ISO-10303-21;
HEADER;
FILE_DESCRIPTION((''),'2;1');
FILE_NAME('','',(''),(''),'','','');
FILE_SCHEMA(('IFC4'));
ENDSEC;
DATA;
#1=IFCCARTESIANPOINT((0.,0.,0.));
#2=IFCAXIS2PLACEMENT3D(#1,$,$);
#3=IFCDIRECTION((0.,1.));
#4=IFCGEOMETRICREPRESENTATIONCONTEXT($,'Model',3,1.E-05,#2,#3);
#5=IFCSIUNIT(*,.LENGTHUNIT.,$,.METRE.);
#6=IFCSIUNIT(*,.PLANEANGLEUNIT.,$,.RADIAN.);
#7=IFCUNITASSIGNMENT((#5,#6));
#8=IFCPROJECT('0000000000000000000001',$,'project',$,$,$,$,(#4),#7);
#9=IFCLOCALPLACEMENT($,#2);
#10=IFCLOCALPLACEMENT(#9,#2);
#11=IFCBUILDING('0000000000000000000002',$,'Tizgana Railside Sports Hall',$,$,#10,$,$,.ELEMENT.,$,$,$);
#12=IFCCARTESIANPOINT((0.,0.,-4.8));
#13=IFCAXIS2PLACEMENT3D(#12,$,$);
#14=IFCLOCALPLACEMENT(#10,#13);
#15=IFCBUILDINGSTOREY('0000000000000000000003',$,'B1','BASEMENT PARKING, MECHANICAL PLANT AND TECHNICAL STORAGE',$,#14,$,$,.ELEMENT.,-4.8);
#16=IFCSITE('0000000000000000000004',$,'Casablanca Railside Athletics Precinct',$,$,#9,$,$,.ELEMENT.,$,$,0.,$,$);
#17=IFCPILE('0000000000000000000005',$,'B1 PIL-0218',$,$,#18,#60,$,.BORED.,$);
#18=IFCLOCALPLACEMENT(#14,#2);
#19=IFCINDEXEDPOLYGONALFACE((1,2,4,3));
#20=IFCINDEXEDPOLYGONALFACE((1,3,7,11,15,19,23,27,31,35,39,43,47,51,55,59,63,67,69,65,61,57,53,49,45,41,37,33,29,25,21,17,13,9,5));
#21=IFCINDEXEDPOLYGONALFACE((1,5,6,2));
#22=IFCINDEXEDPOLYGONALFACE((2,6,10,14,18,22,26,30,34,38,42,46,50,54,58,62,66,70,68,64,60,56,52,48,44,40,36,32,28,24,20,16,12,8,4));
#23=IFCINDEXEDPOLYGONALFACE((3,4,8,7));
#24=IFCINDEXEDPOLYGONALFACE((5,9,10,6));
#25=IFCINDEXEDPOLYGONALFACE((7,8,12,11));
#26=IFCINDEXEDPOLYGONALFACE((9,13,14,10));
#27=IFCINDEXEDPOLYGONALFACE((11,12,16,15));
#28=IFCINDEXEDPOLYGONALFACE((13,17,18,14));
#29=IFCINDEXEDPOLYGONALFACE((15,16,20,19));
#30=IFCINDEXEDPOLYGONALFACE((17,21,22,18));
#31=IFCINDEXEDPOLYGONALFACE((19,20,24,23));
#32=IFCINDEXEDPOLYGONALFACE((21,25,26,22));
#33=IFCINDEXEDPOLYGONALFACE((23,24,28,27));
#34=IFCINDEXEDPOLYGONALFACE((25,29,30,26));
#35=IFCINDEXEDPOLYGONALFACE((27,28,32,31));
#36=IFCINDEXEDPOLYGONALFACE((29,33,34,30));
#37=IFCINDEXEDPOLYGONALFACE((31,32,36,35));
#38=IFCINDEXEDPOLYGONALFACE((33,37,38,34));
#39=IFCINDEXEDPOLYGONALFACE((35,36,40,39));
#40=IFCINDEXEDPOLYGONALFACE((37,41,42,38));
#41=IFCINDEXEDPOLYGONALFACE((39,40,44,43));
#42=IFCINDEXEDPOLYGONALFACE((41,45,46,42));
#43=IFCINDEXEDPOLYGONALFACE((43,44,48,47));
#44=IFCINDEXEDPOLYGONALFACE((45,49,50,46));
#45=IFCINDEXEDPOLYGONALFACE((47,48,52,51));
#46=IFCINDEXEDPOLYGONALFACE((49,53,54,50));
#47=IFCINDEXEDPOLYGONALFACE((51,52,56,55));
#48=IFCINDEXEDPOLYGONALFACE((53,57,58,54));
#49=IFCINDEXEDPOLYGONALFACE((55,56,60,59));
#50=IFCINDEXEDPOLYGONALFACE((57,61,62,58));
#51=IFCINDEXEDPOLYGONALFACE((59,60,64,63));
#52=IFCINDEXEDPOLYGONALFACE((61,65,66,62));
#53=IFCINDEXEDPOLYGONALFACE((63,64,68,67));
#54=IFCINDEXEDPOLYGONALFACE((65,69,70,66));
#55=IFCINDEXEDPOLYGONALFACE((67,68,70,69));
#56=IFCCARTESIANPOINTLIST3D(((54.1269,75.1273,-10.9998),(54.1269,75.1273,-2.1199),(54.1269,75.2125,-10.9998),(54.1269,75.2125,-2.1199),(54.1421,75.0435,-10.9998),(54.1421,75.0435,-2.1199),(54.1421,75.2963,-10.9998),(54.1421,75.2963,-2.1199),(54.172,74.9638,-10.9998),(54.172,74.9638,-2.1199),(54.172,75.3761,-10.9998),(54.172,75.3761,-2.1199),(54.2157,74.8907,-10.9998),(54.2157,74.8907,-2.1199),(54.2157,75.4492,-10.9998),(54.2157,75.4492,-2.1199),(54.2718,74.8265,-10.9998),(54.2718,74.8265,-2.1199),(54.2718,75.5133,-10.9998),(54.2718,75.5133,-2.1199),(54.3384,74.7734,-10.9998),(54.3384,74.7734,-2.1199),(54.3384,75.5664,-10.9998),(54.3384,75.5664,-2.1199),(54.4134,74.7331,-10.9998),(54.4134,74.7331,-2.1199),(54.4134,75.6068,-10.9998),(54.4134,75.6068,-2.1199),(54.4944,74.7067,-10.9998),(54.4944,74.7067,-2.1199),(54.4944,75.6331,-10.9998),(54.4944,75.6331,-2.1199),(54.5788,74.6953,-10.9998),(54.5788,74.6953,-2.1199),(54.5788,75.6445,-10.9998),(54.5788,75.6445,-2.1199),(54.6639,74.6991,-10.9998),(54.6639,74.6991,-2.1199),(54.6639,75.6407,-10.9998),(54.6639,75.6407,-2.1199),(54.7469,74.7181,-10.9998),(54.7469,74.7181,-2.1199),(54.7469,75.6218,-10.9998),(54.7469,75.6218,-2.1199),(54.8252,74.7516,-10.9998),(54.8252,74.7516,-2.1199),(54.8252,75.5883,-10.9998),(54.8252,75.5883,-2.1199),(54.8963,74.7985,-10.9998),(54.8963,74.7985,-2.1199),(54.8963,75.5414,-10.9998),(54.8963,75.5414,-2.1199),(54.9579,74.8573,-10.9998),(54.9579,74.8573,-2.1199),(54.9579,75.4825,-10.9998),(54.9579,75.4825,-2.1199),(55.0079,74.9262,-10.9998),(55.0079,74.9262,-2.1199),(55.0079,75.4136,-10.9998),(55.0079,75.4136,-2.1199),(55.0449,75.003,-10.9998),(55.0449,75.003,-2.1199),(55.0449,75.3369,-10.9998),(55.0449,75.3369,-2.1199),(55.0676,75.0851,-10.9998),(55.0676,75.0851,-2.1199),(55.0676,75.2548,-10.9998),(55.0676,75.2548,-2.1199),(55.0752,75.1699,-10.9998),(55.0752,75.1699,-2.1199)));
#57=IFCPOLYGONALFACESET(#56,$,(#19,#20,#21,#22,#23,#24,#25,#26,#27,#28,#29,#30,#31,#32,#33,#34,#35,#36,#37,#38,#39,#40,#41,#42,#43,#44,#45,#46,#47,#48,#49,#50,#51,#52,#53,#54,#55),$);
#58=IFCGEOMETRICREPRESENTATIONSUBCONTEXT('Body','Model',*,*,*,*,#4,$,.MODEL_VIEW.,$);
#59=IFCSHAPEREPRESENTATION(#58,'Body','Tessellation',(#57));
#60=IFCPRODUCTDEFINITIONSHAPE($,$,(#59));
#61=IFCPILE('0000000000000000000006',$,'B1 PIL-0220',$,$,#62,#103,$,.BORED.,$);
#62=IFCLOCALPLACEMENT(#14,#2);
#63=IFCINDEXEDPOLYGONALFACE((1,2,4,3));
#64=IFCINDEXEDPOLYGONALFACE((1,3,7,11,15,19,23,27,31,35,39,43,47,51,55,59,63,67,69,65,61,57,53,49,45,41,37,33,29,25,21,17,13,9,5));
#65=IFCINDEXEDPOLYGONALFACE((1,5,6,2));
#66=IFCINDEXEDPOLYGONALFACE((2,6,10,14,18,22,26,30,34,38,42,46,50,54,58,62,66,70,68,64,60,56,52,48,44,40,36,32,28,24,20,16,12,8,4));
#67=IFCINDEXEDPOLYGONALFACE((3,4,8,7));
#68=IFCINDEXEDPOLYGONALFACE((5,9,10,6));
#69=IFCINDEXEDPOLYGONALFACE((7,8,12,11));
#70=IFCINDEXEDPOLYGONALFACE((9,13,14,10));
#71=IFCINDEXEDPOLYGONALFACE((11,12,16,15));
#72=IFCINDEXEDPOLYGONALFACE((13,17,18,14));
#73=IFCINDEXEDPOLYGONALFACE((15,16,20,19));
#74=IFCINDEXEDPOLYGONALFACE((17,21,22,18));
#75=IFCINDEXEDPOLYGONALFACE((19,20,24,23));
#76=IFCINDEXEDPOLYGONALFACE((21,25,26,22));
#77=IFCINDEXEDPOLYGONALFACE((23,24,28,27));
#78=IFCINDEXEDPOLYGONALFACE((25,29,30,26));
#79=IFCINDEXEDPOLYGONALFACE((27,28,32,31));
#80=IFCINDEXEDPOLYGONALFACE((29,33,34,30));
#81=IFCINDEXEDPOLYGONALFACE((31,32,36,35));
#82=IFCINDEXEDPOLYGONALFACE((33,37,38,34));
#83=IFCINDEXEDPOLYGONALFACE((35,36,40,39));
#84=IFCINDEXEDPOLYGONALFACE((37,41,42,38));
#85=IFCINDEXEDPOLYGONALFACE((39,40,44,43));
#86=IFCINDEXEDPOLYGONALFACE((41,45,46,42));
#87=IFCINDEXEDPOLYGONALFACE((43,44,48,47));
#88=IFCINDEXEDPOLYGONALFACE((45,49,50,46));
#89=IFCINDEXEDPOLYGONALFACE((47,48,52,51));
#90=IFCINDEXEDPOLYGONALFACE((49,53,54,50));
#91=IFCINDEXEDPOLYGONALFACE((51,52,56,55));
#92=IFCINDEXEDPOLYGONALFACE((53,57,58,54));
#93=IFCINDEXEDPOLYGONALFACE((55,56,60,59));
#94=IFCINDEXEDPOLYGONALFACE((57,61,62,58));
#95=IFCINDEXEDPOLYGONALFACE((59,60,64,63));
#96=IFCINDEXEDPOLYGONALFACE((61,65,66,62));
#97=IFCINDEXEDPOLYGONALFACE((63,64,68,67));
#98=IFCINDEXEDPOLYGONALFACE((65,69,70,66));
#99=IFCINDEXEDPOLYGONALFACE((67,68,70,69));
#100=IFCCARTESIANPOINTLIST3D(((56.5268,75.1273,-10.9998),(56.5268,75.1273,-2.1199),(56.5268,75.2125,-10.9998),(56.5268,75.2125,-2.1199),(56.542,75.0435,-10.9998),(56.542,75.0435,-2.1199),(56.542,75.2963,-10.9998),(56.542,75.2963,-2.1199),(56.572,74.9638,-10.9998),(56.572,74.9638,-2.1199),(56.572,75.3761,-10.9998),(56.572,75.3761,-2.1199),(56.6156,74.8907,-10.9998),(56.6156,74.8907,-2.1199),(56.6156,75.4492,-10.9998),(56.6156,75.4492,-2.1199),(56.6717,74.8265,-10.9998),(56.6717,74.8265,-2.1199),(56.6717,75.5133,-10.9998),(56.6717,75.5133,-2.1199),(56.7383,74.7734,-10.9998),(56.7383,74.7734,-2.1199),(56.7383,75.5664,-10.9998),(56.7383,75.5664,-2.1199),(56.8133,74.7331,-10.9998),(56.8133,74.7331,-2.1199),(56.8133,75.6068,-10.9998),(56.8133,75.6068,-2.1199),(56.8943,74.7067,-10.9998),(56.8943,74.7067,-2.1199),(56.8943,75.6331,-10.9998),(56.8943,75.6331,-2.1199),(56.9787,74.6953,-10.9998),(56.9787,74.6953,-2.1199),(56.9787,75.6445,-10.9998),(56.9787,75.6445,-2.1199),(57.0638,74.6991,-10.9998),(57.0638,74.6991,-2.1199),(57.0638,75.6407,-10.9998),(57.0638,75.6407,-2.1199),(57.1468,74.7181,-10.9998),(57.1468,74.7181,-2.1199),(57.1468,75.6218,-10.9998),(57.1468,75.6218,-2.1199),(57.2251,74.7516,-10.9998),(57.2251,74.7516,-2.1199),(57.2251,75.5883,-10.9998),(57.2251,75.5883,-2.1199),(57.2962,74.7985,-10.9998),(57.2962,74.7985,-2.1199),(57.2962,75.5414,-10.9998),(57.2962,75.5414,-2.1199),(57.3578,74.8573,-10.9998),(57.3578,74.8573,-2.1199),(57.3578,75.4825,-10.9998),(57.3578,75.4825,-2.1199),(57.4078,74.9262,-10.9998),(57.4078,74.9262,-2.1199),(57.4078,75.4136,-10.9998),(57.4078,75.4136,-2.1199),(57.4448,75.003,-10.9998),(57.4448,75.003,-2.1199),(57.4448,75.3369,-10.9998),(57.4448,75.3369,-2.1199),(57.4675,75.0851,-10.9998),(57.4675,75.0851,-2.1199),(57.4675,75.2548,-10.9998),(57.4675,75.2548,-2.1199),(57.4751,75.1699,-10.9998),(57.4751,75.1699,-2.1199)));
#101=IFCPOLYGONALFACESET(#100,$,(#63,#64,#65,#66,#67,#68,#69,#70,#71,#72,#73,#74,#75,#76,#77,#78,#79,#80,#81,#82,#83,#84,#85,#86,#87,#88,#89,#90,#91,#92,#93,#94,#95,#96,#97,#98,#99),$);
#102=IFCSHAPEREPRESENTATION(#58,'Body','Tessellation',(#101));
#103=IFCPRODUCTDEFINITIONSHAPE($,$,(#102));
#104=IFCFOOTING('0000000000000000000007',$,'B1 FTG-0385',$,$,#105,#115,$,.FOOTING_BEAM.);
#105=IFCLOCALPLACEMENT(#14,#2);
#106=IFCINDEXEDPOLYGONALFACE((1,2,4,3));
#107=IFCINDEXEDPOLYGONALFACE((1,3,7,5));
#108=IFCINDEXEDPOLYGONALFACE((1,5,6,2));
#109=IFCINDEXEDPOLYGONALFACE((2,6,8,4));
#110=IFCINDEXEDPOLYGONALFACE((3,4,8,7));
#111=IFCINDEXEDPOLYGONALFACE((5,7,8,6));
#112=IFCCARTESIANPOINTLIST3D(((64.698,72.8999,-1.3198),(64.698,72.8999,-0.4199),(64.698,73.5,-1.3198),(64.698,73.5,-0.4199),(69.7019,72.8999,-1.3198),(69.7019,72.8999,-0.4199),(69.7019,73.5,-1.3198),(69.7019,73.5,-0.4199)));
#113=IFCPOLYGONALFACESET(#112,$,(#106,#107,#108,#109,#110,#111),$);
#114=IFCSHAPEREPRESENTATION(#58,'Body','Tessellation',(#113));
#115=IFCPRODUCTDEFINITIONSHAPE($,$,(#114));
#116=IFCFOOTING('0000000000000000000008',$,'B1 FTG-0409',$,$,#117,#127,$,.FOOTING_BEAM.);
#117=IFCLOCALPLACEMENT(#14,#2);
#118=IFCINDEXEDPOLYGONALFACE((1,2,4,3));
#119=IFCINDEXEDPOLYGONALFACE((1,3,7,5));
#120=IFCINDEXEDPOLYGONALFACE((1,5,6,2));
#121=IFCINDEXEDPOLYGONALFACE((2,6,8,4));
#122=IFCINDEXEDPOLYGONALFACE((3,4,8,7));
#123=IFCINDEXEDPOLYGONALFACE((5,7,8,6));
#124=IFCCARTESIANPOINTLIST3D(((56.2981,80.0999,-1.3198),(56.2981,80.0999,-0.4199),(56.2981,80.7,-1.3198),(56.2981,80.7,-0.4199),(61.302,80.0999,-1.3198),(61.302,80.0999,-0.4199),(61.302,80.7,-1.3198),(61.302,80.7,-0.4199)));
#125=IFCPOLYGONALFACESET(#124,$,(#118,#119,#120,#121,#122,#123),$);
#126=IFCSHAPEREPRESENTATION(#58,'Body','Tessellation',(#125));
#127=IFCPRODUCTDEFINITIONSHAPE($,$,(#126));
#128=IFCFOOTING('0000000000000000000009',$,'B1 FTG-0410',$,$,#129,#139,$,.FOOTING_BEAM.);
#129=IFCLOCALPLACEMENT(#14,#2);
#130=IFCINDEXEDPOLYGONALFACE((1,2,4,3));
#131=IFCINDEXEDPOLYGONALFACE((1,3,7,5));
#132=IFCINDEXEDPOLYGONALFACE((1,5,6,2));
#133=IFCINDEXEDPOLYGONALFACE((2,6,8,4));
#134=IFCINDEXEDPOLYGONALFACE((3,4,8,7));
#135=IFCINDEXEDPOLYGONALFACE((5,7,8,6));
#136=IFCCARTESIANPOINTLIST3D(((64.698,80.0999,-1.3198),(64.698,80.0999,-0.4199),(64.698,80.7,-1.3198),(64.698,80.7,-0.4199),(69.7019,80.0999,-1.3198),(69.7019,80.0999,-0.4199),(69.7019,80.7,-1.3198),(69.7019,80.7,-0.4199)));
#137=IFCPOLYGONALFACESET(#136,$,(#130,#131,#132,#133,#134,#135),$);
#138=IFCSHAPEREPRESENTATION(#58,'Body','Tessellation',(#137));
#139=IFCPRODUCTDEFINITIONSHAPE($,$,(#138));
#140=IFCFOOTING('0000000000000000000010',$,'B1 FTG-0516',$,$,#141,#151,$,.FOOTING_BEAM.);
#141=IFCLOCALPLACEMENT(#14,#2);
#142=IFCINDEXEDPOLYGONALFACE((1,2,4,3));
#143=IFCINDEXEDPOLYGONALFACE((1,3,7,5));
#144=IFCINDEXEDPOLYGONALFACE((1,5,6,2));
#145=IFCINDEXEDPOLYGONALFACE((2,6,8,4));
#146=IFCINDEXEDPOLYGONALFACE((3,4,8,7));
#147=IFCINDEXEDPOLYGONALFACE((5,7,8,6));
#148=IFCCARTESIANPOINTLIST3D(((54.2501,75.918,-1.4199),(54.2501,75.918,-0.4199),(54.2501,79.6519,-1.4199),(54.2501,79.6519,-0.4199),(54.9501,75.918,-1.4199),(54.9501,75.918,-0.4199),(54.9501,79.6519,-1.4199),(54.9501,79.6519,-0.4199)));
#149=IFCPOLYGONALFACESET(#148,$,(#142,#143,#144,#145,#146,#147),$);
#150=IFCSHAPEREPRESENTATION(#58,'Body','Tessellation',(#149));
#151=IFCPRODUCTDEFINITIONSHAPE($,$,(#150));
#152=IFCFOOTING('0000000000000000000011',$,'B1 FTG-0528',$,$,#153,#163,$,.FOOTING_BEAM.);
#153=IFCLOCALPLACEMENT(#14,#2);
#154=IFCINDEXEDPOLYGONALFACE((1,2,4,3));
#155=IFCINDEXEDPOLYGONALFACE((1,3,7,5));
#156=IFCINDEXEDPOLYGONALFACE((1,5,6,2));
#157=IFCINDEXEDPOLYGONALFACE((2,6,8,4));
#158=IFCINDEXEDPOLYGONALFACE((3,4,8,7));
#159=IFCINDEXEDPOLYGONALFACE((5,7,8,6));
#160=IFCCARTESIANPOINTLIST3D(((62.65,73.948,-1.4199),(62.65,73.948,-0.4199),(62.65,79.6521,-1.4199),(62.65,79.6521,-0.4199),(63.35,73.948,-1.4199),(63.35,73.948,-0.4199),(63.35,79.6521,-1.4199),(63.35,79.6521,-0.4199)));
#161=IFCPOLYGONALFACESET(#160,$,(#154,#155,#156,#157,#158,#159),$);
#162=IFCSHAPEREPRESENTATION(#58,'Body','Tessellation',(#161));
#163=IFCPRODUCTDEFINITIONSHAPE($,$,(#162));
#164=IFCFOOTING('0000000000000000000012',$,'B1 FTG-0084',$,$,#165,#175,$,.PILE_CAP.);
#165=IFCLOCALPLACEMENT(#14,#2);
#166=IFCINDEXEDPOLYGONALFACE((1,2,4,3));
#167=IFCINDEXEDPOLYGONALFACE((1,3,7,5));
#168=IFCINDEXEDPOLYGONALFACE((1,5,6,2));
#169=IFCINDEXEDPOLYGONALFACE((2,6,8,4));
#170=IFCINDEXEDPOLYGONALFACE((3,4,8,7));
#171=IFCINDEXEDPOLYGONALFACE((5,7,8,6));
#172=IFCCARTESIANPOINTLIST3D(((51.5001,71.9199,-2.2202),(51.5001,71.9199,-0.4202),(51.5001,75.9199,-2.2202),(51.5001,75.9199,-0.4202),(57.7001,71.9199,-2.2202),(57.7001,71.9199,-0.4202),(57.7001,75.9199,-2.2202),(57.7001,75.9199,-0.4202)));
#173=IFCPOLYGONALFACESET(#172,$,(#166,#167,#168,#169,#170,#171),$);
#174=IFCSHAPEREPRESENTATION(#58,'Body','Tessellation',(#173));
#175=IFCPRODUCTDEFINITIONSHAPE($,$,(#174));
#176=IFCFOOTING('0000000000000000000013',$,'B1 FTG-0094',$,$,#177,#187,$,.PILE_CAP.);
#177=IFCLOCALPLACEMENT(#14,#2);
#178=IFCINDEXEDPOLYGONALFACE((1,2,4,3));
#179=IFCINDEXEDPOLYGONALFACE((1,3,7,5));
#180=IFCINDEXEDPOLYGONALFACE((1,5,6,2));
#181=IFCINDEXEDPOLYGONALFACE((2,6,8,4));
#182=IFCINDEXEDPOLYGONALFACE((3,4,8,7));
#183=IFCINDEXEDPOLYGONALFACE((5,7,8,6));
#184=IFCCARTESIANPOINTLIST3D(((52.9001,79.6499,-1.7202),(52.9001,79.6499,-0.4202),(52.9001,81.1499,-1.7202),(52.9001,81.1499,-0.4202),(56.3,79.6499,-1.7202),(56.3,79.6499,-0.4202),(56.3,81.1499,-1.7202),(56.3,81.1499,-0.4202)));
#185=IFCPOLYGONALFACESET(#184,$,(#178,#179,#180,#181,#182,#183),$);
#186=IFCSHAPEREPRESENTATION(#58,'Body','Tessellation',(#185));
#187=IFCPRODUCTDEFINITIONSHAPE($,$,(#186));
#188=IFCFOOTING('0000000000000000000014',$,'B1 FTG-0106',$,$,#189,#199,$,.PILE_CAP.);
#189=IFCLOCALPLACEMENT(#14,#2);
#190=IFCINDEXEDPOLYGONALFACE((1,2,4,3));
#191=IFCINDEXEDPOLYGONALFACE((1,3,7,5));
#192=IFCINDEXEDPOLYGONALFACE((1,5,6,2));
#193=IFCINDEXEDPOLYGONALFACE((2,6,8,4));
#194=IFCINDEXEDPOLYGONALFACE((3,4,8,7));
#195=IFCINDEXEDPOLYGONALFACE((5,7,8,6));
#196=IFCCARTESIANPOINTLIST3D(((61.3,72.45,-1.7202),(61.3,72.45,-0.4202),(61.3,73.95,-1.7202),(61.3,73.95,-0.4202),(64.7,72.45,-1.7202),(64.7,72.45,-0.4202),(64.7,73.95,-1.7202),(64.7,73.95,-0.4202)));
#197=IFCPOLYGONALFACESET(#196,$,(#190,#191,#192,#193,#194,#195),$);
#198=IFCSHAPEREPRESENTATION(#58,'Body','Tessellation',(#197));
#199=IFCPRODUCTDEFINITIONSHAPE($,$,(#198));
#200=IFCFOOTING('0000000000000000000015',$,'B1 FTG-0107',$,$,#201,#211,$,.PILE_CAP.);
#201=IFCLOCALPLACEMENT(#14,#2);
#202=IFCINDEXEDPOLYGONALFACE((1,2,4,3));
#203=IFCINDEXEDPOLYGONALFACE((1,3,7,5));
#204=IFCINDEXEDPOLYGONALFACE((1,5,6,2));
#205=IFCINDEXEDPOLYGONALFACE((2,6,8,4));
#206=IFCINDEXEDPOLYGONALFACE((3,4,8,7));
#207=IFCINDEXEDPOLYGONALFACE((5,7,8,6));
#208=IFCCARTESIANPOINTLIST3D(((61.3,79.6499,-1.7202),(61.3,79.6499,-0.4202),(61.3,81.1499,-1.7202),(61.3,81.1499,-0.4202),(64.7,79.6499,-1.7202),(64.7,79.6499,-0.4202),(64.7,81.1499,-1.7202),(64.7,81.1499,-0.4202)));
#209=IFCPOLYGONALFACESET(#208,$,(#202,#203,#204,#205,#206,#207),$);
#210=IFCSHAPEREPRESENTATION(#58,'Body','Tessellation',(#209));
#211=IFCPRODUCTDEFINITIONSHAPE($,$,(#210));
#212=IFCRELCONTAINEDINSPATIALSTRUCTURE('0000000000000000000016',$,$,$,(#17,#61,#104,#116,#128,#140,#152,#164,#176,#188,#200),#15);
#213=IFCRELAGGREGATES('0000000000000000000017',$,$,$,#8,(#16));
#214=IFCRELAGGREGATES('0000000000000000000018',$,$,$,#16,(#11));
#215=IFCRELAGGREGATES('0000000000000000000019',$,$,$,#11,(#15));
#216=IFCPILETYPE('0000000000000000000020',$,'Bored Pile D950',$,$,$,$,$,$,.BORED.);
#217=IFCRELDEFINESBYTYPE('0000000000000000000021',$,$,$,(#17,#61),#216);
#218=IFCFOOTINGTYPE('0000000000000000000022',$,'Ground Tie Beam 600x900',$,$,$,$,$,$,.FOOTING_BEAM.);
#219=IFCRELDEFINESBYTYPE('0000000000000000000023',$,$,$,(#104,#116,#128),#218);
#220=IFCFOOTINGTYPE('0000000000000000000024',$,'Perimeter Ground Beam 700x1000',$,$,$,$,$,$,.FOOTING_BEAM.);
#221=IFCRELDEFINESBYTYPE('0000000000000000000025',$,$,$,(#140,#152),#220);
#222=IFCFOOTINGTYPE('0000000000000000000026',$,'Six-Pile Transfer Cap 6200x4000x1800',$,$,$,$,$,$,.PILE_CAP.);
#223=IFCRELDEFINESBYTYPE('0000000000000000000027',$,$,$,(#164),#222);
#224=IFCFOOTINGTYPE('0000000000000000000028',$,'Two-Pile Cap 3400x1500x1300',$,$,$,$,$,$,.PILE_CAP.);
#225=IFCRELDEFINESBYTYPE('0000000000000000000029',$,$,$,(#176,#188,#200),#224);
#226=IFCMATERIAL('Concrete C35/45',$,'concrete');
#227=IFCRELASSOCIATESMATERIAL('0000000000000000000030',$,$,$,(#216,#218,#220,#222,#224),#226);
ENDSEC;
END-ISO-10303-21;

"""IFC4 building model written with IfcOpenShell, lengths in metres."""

from ifc_helpers import new_model, si_unit, direction, frame, origin, origin_2d, place, context, subcontext, project, spatial, rectangle, circle, extrude, material, material_profile, profile_set, type_object, element, save


model = new_model("IFC4")

# Units and contexts
model_context = context("Model", 3, precision=1e-05, world=origin(), true_north=direction((0.0, 1.0)))
body_context = subcontext(model_context, "Body", "Model", "MODEL_VIEW")
ifc_project = project(units=[si_unit("LENGTHUNIT", "METRE"), si_unit("PLANEANGLEUNIT", "RADIAN")], contexts=[model_context])

# Site, building, storey
site_placement = place(None, origin())
site = spatial("IfcSite", under=ifc_project, at=site_placement, Name="Casablanca Railside Athletics Precinct", CompositionType="ELEMENT", RefElevation=0.0)
building_placement = place(site_placement, origin())
building = spatial("IfcBuilding", under=site, at=building_placement, Name="Tizgana Railside Sports Hall", CompositionType="ELEMENT")
storey_placement = place(building_placement, frame((0.0, 0.0, -4.8)))
storey = spatial("IfcBuildingStorey", under=building, at=storey_placement, Name="B1", Description="BASEMENT PARKING, MECHANICAL PLANT AND TECHNICAL STORAGE", CompositionType="ELEMENT", Elevation=-4.8)

# Piles
ifc_material_1 = material(Name="Concrete C35/45", Category="concrete")
ifc_material_profile_1 = material_profile(ifc_material_1, circle(Radius=0.4751, at=origin_2d()), Name="PILE D950")
ifc_profile_set_1 = profile_set([ifc_material_profile_1], Name="Concrete C35/45")
pile_type_1 = type_object("IfcPileType", Name="Bored Pile D950", PredefinedType="BORED", material=ifc_profile_set_1)
for number, where, z_axis, x_axis, name in (
    (1, (54.6001, 75.1699, -2.1199), (0.0, 0.0, -1.0), (1.0, 0.0, 0.0), "B1 PIL-0218"),
    (2, (57.0, 75.1699, -2.1199), (0.0, 0.0, -1.0), (1.0, 0.0, 0.0), "B1 PIL-0220"),
):
    element("IfcPile", number, at=place(storey_placement, frame(where, z_axis=z_axis, x_axis=x_axis)), inside=storey, type_object=pile_type_1, Name=name, PredefinedType="BORED", context=body_context, shape_type="SweptSolid", body=[
        extrude(circle(Radius=0.4751, at=origin_2d()), origin(), (0.0, 0.0, 1.0), 8.8799),
    ])

# Footings
footing_type_1 = type_object("IfcFootingType", Name="Ground Tie Beam 600x900", PredefinedType="FOOTING_BEAM", material=ifc_material_1)
for number, where, z_axis, x_axis, name in (
    (3, (67.2, 73.2, -1.3198), (0.0, 0.0, 1.0), (1.0, 0.0, 0.0), "B1 FTG-0385"),
    (4, (58.8, 80.3999, -1.3198), (0.0, 0.0, 1.0), (1.0, 0.0, 0.0), "B1 FTG-0409"),
    (5, (67.2, 80.3999, -1.3198), (0.0, 0.0, 1.0), (1.0, 0.0, 0.0), "B1 FTG-0410"),
):
    element("IfcFooting", number, at=place(storey_placement, frame(where, z_axis=z_axis, x_axis=x_axis)), inside=storey, type_object=footing_type_1, Name=name, PredefinedType="FOOTING_BEAM", context=body_context, shape_type="SweptSolid", body=[
        extrude(rectangle(XDim=5.0039, YDim=0.6001, at=origin_2d()), origin(), (0.0, 0.0, 1.0), 0.8999),
    ])
footing_type_2 = type_object("IfcFootingType", Name="Perimeter Ground Beam 700x1000", PredefinedType="FOOTING_BEAM", material=ifc_material_1)
footing_1_placement = place(storey_placement, frame((54.6001, 77.7849, -1.4199), z_axis=(0.0, 0.0, 1.0), x_axis=(0.0, 1.0, 0.0)))
element("IfcFooting", 6, at=footing_1_placement, inside=storey, type_object=footing_type_2, Name="B1 FTG-0516", PredefinedType="FOOTING_BEAM", context=body_context, shape_type="SweptSolid", body=[
    extrude(rectangle(XDim=3.7339, YDim=0.7, at=origin_2d()), origin(), (0.0, 0.0, 1.0), 1.0),
])
footing_2_placement = place(storey_placement, frame((63.0, 76.8, -1.4199), z_axis=(0.0, 0.0, 1.0), x_axis=(0.0, 1.0, 0.0)))
element("IfcFooting", 7, at=footing_2_placement, inside=storey, type_object=footing_type_2, Name="B1 FTG-0528", PredefinedType="FOOTING_BEAM", context=body_context, shape_type="SweptSolid", body=[
    extrude(rectangle(XDim=5.7041, YDim=0.7, at=origin_2d()), origin(), (0.0, 0.0, 1.0), 1.0),
])
footing_type_3 = type_object("IfcFootingType", Name="Six-Pile Transfer Cap 6200x4000x1800", PredefinedType="PILE_CAP", material=ifc_material_1)
footing_3_placement = place(storey_placement, frame((54.6001, 73.9199, -2.2202), z_axis=(0.0, 0.0, 1.0), x_axis=(1.0, 0.0, 0.0)))
element("IfcFooting", 8, at=footing_3_placement, inside=storey, type_object=footing_type_3, Name="B1 FTG-0084", PredefinedType="PILE_CAP", context=body_context, shape_type="SweptSolid", body=[
    extrude(rectangle(XDim=6.2, YDim=4.0, at=origin_2d()), origin(), (0.0, 0.0, 1.0), 1.8),
])
footing_type_4 = type_object("IfcFootingType", Name="Two-Pile Cap 3400x1500x1300", PredefinedType="PILE_CAP", material=ifc_material_1)
for number, where, z_axis, x_axis, name in (
    (9, (54.6001, 80.3999, -1.7202), (0.0, 0.0, 1.0), (1.0, 0.0, 0.0), "B1 FTG-0094"),
    (10, (63.0, 73.2, -1.7202), (0.0, 0.0, 1.0), (1.0, 0.0, 0.0), "B1 FTG-0106"),
    (11, (63.0, 80.3999, -1.7202), (0.0, 0.0, 1.0), (1.0, 0.0, 0.0), "B1 FTG-0107"),
):
    element("IfcFooting", number, at=place(storey_placement, frame(where, z_axis=z_axis, x_axis=x_axis)), inside=storey, type_object=footing_type_4, Name=name, PredefinedType="PILE_CAP", context=body_context, shape_type="SweptSolid", body=[
        extrude(rectangle(XDim=3.3999, YDim=1.5, at=origin_2d()), origin(), (0.0, 0.0, 1.0), 1.3),
    ])

save(model, "model.ifc")
